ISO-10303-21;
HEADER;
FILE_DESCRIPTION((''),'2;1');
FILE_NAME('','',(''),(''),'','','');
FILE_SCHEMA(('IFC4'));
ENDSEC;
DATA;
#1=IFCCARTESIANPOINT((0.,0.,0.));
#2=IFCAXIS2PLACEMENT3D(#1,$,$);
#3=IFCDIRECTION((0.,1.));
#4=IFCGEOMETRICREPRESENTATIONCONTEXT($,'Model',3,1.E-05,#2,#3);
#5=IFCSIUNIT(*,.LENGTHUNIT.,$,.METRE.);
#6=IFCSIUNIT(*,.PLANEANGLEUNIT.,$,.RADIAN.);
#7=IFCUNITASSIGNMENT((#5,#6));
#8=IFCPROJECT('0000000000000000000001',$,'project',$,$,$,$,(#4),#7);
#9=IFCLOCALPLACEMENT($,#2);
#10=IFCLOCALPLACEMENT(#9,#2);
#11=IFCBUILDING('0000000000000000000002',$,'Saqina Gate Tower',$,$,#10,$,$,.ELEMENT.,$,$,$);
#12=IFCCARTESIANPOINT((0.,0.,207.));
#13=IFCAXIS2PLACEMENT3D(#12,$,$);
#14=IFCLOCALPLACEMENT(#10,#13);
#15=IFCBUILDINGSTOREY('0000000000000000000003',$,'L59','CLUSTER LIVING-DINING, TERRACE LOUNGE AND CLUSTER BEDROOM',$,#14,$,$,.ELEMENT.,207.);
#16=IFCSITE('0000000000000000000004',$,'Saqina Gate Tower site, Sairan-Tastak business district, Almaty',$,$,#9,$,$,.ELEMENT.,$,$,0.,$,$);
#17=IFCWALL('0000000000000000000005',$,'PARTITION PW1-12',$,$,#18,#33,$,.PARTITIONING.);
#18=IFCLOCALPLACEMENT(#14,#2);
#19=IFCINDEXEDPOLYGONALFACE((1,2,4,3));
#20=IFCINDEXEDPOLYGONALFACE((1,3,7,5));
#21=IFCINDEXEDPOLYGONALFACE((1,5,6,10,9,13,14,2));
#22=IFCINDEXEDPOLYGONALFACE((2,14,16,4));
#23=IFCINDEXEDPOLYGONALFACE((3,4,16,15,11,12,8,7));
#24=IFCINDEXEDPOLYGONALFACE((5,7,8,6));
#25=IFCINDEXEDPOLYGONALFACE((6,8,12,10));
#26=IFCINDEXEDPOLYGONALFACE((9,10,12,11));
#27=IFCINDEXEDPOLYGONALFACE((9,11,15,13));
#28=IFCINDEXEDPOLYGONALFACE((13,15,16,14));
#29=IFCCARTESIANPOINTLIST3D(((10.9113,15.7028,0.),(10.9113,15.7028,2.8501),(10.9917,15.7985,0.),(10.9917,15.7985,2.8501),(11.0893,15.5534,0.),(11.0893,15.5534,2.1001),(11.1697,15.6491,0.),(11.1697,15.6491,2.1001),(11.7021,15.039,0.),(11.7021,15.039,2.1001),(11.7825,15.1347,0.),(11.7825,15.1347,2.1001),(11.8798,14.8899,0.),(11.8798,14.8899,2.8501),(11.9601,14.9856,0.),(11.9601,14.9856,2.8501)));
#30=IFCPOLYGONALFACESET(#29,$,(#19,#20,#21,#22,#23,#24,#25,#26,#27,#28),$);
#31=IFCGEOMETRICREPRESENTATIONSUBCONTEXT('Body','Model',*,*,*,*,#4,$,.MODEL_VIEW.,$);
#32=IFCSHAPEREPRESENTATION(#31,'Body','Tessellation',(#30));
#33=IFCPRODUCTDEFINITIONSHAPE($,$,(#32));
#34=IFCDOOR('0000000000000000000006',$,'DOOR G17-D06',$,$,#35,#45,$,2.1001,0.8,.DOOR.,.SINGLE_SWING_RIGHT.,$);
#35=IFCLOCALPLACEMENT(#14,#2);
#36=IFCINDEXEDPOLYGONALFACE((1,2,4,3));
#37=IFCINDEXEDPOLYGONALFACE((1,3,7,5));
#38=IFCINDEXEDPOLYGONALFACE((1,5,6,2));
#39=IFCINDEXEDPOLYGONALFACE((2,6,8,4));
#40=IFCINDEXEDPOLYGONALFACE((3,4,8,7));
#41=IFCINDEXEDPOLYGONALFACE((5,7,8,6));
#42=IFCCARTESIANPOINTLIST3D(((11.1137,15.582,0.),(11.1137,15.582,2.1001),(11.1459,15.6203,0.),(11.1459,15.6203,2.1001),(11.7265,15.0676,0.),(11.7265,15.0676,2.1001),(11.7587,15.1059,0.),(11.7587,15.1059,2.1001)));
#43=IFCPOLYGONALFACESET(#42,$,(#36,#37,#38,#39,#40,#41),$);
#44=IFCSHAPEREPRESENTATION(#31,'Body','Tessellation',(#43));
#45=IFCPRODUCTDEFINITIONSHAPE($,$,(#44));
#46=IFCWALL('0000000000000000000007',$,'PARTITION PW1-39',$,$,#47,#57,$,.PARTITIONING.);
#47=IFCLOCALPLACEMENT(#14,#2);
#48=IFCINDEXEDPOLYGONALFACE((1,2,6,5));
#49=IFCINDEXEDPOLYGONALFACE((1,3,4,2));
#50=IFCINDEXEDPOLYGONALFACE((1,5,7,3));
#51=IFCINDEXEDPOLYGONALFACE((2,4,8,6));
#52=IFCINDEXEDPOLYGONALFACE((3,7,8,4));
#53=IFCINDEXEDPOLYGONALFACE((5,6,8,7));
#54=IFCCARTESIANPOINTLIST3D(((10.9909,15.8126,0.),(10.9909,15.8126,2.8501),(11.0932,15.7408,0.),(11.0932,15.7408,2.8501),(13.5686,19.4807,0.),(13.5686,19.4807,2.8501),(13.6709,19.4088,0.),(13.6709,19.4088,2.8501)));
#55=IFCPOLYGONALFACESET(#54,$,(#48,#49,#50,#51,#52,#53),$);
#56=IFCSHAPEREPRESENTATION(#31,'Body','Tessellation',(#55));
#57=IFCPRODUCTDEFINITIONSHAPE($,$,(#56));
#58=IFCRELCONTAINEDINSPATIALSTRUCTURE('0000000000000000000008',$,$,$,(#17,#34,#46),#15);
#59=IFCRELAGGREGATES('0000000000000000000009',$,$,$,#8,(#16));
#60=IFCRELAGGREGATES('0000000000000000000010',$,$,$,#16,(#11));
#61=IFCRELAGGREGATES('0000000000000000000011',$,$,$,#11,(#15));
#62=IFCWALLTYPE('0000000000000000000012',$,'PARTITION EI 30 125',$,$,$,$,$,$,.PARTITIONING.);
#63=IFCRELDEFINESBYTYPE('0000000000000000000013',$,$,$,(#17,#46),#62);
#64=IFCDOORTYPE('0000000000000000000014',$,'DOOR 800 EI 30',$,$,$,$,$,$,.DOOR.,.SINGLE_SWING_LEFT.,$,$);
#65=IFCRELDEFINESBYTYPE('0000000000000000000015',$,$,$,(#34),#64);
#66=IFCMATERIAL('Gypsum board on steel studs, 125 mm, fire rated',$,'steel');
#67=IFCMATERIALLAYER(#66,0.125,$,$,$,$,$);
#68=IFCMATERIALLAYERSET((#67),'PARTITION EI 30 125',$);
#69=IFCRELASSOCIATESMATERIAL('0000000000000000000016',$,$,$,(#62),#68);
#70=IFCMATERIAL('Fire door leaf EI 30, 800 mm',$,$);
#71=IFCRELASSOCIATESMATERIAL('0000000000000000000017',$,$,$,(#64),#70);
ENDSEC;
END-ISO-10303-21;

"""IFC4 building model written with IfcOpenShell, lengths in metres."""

from ifc_helpers import new_model, si_unit, direction, frame, frame_2d, origin, place, context, subcontext, project, spatial, rectangle, extrude, material, layer, layer_set, type_object, element, fill, save


model = new_model("IFC4")

# Units and contexts
model_context = context("Model", 3, precision=1e-05, world=origin(), true_north=direction((0.0, 1.0)))
body_context = subcontext(model_context, "Body", "Model", "MODEL_VIEW")
ifc_project = project(units=[si_unit("LENGTHUNIT", "METRE"), si_unit("PLANEANGLEUNIT", "RADIAN")], contexts=[model_context])

# Site, building, storey
site_placement = place(None, origin())
site = spatial("IfcSite", under=ifc_project, at=site_placement, Name="Saqina Gate Tower site, Sairan-Tastak business district, Almaty", CompositionType="ELEMENT", RefElevation=0.0)
building_placement = place(site_placement, origin())
building = spatial("IfcBuilding", under=site, at=building_placement, Name="Saqina Gate Tower", CompositionType="ELEMENT")
storey_placement = place(building_placement, frame((0.0, 0.0, 207.0)))
storey = spatial("IfcBuildingStorey", under=building, at=storey_placement, Name="L59", Description="CLUSTER LIVING-DINING, TERRACE LOUNGE AND CLUSTER BEDROOM", CompositionType="ELEMENT", Elevation=207.0)

# Wall, opening, door
ifc_material_1 = material(Name="Gypsum board on steel studs, 125 mm, fire rated", Category="steel")
ifc_layer_1 = layer(ifc_material_1, 0.125)
ifc_layer_set_1 = layer_set([ifc_layer_1], Name="PARTITION EI 30 125")
wall_type_1 = type_object("IfcWallType", Name="PARTITION EI 30 125", PredefinedType="PARTITIONING", material=ifc_layer_set_1)
wall_1_placement = place(storey_placement, frame((10.9514, 15.7507, 0.0), z_axis=(0.0, 0.0, 1.0), x_axis=(0.765922, -0.642934, 0.0)))
wall_1 = element("IfcWall", 1, at=wall_1_placement, inside=storey, type_object=wall_type_1, Name="PARTITION PW1-12", PredefinedType="PARTITIONING", context=body_context, shape_type="SweptSolid", body=[
    extrude(rectangle(XDim=1.2644, YDim=0.125, at=frame_2d((0.6323, 0.0))), origin(), (0.0, 0.0, 1.0), 2.8501),
])
opening_1_placement = place(wall_1_placement, frame((0.2327, 0.0, 0.0)))
opening_1 = element("IfcOpeningElement", 2, at=opening_1_placement, cuts=wall_1, PredefinedType="OPENING", context=body_context, shape_type="SweptSolid", body=[
    extrude(rectangle(XDim=0.8, YDim=2.1001, at=frame_2d((0.3999, 1.05))), frame((0.0, 0.0745, 0.0), z_axis=(0.0, -1.0, 0.0), x_axis=(1.0, 0.0, 0.0)), (0.0, 0.0, 1.0), 0.1489),
])
ifc_material_2 = material(Name="Fire door leaf EI 30, 800 mm")
door_type_1 = type_object("IfcDoorType", Name="DOOR 800 EI 30", OperationType="SINGLE_SWING_LEFT", PredefinedType="DOOR", material=ifc_material_2)
door_1_placement = place(opening_1_placement, frame((0.8, 0.0, 0.0), z_axis=(0.0, 0.0, 1.0), x_axis=(-1.0, 0.0, 0.0)))
door_1 = element("IfcDoor", 3, at=door_1_placement, inside=storey, type_object=door_type_1, Name="DOOR G17-D06", OperationType="SINGLE_SWING_RIGHT", OverallHeight=2.1001, OverallWidth=0.8, PredefinedType="DOOR", context=body_context, shape_type="SweptSolid", body=[
    extrude(rectangle(XDim=0.8, YDim=2.1001, at=frame_2d((0.3999, 1.05))), frame((0.0, 0.0249, 0.0), z_axis=(0.0, -1.0, 0.0), x_axis=(1.0, 0.0, 0.0)), (0.0, 0.0, 1.0), 0.05),
])
fill(opening_1, door_1)

# Wall
wall_2_placement = place(storey_placement, frame((11.042, 15.7766, 0.0), z_axis=(0.0, 0.0, 1.0), x_axis=(0.574967, 0.818176, 0.0)))
element("IfcWall", 4, at=wall_2_placement, inside=storey, type_object=wall_type_1, Name="PARTITION PW1-39", PredefinedType="PARTITIONING", context=body_context, shape_type="SweptSolid", body=[
    extrude(rectangle(XDim=4.4832, YDim=0.125, at=frame_2d((2.2417, 0.0))), origin(), (0.0, 0.0, 1.0), 2.8501),
])

save(model, "model.ifc")
